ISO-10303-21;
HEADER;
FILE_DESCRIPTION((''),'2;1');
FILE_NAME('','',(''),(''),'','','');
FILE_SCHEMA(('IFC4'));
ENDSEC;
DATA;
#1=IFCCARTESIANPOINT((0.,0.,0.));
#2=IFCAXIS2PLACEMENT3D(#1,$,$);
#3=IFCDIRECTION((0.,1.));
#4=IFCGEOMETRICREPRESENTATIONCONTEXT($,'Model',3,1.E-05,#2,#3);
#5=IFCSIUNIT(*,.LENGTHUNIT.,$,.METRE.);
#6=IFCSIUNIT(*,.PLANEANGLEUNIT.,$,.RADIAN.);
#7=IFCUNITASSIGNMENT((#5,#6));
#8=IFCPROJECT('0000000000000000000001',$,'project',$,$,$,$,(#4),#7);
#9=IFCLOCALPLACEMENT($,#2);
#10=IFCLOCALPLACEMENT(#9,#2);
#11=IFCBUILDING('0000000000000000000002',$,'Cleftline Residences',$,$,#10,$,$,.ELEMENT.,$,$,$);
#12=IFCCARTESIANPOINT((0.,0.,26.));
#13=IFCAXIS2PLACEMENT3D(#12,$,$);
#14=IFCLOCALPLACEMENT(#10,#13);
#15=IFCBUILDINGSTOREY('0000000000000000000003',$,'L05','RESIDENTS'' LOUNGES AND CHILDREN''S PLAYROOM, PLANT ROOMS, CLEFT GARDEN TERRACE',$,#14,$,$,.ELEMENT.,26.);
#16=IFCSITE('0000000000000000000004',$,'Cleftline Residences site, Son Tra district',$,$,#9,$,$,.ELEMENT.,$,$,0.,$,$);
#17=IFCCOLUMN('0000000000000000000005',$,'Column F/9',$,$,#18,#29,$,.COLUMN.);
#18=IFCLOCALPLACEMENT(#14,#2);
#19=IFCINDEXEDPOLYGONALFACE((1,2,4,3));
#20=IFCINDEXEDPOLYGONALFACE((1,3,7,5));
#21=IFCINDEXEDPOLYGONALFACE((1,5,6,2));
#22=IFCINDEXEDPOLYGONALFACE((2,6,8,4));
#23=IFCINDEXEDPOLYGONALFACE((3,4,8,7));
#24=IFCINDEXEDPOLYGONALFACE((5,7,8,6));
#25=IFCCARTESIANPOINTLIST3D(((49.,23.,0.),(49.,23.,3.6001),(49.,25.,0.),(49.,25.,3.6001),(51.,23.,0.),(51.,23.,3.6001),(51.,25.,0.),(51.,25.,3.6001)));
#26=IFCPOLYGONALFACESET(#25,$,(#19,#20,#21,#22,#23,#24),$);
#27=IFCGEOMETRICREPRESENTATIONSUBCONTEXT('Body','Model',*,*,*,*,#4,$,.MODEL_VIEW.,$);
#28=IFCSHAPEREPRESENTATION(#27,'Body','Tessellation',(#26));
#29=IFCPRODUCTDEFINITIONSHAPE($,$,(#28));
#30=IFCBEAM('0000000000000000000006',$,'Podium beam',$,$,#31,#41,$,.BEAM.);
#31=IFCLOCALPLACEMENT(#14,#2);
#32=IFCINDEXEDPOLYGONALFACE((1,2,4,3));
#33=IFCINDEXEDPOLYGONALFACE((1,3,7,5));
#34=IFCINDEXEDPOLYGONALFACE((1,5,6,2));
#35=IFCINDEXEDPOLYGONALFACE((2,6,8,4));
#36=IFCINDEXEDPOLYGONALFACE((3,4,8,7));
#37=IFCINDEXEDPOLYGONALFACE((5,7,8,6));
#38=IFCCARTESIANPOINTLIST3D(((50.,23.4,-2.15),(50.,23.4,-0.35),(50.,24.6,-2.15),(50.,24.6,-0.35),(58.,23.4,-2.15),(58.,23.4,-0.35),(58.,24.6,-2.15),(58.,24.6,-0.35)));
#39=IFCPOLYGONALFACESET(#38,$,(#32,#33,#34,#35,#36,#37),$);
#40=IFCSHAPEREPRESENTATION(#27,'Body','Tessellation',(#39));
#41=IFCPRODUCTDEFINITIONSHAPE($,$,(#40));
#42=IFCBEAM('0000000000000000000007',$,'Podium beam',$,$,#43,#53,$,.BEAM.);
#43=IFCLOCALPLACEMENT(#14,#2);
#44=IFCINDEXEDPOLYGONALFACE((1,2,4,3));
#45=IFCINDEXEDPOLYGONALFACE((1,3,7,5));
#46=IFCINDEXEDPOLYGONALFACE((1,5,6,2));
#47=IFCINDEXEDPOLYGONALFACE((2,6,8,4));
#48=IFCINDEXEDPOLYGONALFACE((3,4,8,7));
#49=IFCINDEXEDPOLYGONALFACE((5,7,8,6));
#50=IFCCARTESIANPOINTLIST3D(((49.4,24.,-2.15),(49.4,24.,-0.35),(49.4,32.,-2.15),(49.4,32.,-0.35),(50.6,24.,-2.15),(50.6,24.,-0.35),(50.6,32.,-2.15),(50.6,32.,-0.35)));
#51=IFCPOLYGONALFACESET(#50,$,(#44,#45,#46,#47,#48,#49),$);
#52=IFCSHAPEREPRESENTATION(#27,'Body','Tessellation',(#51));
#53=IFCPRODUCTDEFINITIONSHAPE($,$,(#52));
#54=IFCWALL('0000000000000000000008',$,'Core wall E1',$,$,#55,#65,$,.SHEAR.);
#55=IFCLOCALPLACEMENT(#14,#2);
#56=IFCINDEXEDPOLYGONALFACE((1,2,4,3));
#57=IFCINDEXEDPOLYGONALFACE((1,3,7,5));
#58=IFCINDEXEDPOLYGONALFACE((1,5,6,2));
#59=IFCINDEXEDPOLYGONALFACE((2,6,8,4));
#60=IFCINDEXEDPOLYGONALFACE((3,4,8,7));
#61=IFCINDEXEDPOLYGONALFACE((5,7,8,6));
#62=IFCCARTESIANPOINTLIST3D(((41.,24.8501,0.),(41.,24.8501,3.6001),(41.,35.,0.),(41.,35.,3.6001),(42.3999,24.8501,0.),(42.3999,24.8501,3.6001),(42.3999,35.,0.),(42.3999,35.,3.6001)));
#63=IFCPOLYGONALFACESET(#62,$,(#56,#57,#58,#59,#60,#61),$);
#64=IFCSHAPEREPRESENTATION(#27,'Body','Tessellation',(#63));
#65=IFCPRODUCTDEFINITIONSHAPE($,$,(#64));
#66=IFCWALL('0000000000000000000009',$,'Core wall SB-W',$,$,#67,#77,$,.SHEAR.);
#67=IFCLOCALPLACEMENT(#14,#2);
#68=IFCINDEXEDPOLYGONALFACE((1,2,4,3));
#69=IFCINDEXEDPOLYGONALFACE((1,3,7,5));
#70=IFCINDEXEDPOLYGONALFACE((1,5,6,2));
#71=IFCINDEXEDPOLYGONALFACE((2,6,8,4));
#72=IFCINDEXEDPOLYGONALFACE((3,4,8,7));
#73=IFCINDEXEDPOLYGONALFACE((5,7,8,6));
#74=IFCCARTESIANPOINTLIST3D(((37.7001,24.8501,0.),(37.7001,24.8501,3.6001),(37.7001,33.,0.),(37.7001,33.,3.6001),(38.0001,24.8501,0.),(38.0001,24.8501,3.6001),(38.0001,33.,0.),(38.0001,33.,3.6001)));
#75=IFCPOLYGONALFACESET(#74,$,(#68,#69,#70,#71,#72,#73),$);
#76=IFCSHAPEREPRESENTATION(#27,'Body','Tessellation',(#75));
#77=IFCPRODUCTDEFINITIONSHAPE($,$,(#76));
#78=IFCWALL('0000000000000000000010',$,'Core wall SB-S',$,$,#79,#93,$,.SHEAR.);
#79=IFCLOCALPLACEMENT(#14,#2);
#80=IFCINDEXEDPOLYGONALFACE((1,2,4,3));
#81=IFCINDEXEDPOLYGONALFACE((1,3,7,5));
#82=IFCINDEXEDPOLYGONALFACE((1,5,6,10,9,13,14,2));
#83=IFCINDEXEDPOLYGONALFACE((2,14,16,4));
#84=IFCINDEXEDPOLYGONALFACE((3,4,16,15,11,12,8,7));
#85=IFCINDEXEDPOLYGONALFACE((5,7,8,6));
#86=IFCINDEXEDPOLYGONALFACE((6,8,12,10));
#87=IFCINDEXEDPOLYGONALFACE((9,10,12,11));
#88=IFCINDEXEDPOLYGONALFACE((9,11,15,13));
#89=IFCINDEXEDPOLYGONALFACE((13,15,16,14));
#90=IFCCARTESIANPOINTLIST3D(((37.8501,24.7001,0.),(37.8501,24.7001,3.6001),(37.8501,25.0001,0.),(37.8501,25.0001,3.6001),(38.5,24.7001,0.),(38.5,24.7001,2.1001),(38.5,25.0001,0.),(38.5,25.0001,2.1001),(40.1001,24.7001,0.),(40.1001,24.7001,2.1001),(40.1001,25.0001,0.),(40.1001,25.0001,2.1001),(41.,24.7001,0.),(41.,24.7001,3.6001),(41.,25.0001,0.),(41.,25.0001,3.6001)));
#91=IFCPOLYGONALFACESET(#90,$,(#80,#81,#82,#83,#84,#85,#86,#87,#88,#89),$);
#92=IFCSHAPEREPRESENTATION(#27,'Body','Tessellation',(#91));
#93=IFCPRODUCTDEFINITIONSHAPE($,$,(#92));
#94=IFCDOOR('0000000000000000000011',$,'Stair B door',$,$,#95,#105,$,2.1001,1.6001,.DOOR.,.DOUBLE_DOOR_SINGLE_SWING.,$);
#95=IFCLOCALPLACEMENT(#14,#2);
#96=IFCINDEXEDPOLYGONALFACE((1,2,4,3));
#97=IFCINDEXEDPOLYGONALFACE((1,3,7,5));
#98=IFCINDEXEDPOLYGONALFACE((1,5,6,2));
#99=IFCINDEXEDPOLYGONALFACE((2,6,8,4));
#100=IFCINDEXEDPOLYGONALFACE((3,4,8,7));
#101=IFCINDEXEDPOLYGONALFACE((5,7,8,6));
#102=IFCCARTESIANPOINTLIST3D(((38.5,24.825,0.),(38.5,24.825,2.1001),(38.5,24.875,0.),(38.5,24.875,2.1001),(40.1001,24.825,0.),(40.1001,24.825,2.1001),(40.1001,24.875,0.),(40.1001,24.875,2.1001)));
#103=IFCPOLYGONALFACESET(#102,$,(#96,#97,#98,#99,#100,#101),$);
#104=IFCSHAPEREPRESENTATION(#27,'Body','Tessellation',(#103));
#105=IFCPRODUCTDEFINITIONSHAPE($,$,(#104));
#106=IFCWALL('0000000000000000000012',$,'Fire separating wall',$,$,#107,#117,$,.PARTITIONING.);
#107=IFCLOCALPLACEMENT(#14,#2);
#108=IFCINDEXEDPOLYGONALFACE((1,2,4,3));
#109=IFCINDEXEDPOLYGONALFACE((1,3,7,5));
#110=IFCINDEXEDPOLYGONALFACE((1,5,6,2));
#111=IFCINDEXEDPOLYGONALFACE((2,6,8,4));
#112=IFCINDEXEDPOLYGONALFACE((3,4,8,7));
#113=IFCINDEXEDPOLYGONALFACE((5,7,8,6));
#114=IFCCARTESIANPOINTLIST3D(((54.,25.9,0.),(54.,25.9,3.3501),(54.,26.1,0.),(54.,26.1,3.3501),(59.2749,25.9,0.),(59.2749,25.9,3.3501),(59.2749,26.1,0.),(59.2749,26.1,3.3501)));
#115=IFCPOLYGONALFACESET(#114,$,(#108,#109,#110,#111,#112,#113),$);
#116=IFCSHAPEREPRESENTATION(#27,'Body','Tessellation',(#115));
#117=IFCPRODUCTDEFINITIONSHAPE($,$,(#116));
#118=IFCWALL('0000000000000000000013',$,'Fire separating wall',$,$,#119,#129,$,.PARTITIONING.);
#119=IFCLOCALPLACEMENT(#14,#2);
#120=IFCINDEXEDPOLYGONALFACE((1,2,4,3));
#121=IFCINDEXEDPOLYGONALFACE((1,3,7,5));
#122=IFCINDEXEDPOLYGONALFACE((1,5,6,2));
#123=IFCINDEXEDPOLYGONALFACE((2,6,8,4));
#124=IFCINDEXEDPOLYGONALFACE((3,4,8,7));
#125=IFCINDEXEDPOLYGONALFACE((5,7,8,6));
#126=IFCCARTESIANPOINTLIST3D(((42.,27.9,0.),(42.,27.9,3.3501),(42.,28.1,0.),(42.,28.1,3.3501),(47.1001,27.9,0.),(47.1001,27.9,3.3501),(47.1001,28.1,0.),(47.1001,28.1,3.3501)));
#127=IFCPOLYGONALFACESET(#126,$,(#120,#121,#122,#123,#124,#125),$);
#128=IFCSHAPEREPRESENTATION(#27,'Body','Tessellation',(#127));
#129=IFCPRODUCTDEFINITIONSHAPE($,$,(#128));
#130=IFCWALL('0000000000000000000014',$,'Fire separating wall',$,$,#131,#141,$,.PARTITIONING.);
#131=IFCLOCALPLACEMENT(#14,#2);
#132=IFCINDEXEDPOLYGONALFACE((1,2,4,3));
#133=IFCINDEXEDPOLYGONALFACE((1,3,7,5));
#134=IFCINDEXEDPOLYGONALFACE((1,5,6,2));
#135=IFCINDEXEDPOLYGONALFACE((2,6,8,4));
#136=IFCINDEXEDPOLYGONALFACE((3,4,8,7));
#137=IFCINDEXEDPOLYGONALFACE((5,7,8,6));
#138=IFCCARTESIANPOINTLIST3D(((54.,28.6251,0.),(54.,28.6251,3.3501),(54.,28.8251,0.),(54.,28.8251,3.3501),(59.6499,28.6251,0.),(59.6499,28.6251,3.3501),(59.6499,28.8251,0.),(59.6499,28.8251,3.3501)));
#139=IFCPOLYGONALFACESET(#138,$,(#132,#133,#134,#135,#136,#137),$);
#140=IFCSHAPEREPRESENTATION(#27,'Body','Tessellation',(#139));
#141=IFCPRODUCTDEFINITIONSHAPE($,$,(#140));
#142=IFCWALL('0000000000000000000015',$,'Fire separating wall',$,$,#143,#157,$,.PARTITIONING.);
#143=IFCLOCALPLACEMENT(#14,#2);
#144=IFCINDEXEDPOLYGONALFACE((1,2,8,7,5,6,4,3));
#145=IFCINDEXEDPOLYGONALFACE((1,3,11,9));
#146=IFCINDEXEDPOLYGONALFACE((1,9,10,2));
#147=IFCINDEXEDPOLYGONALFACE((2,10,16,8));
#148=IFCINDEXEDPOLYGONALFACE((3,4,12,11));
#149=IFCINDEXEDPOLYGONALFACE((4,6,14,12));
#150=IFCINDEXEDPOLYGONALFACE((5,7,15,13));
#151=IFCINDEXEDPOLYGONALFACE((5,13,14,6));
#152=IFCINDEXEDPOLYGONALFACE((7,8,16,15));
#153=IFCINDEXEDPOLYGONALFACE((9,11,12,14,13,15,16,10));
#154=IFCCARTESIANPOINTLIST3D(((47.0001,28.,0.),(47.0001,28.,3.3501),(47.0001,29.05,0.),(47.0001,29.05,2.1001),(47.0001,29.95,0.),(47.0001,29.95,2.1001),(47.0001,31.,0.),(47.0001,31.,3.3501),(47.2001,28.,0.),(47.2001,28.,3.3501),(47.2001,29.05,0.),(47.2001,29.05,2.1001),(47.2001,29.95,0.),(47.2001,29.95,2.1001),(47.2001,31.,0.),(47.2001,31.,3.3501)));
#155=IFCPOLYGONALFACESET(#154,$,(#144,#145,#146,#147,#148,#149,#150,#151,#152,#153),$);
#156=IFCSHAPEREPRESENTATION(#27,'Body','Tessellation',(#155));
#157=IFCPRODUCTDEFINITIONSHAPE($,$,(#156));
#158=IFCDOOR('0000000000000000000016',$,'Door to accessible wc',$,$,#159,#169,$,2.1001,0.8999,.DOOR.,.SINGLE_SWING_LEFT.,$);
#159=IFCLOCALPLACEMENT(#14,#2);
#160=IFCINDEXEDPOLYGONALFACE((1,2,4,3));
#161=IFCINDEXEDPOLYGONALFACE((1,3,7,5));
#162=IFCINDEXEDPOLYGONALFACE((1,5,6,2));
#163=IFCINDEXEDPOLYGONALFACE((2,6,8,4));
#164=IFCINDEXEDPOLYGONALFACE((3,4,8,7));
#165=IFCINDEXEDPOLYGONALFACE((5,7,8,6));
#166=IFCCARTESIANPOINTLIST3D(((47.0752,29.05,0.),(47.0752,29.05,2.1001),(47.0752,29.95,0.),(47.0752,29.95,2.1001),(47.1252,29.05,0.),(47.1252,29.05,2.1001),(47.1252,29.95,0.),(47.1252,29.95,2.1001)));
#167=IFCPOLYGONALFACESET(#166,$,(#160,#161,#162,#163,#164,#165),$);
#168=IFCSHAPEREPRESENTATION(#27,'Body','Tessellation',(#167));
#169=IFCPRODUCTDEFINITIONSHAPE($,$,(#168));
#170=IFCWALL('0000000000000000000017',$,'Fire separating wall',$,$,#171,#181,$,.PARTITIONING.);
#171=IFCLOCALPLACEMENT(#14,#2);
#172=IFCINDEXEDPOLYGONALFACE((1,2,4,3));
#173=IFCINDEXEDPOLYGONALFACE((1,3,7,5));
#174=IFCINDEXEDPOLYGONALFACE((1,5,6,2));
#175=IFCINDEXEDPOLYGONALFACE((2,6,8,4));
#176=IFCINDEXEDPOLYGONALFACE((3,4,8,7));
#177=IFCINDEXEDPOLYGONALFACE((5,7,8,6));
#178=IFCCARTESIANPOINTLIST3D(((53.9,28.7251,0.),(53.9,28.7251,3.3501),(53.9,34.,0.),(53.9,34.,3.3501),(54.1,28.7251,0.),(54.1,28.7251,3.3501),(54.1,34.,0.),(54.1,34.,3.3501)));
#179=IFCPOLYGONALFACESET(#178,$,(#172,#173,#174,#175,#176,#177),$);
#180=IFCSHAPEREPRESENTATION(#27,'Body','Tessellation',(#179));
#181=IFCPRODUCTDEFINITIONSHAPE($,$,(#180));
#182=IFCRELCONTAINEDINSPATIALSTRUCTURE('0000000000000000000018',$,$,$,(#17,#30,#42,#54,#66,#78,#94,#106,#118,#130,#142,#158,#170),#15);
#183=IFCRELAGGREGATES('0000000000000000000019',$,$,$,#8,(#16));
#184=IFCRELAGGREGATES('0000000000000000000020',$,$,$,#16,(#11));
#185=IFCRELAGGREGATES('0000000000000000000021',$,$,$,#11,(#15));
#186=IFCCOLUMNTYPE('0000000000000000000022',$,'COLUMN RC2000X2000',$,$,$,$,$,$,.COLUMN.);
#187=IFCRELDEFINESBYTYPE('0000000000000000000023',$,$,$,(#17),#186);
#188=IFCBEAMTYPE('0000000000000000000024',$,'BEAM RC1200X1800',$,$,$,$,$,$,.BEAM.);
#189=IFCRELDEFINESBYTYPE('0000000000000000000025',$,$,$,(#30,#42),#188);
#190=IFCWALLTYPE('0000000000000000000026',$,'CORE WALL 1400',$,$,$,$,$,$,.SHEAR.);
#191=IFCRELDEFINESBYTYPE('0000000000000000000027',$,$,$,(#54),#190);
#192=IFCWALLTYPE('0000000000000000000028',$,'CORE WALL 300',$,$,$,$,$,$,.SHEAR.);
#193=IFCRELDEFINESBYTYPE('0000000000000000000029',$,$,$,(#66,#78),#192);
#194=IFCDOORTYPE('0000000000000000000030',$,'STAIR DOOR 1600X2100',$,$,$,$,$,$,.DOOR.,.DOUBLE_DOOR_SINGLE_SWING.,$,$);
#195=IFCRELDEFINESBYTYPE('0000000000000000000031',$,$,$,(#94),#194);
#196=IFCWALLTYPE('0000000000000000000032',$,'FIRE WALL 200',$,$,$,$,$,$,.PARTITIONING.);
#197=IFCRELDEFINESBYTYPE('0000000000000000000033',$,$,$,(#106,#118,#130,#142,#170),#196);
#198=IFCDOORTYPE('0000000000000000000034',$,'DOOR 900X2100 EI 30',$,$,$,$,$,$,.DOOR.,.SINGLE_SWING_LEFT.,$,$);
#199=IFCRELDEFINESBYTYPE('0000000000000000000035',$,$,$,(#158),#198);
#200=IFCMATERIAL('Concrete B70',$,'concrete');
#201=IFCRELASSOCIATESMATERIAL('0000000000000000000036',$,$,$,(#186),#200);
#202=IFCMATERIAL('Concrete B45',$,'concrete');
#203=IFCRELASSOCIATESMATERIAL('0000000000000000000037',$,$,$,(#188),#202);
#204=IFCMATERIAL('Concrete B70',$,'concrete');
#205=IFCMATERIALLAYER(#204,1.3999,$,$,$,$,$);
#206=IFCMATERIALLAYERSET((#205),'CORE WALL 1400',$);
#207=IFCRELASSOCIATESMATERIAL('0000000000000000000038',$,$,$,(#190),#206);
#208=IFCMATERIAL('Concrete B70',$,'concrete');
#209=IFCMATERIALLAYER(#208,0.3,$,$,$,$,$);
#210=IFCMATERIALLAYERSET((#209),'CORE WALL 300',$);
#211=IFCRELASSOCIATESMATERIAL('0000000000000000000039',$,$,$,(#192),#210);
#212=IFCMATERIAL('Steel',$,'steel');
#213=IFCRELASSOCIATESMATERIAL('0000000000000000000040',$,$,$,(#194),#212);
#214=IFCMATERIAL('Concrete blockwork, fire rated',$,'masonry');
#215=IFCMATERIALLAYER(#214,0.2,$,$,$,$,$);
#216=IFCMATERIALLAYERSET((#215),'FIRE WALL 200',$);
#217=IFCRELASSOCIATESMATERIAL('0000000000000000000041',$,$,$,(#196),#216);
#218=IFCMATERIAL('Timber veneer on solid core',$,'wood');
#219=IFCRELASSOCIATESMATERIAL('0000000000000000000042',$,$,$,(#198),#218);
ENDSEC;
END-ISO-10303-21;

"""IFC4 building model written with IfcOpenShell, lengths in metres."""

from ifc_helpers import new_model, si_unit, direction, frame, frame_2d, origin, origin_2d, place, context, subcontext, project, spatial, rectangle, extrude, material, layer, layer_set, material_profile, profile_set, type_object, element, fill, save


model = new_model("IFC4")

# Units and contexts
model_context = context("Model", 3, precision=1e-05, world=origin(), true_north=direction((0.0, 1.0)))
body_context = subcontext(model_context, "Body", "Model", "MODEL_VIEW")
ifc_project = project(units=[si_unit("LENGTHUNIT", "METRE"), si_unit("PLANEANGLEUNIT", "RADIAN")], contexts=[model_context])

# Site, building, storey
site_placement = place(None, origin())
site = spatial("IfcSite", under=ifc_project, at=site_placement, Name="Cleftline Residences site, Son Tra district", CompositionType="ELEMENT", RefElevation=0.0)
building_placement = place(site_placement, origin())
building = spatial("IfcBuilding", under=site, at=building_placement, Name="Cleftline Residences", CompositionType="ELEMENT")
storey_placement = place(building_placement, frame((0.0, 0.0, 26.0)))
storey = spatial("IfcBuildingStorey", under=building, at=storey_placement, Name="L05", Description="RESIDENTS' LOUNGES AND CHILDREN'S PLAYROOM, PLANT ROOMS, CLEFT GARDEN TERRACE", CompositionType="ELEMENT", Elevation=26.0)

# Column
ifc_material_1 = material(Name="Concrete B70", Category="concrete")
ifc_material_profile_1 = material_profile(ifc_material_1, rectangle(XDim=2.0, YDim=2.0, at=origin_2d()))
ifc_profile_set_1 = profile_set([ifc_material_profile_1], Name="Concrete B70")
column_type = type_object("IfcColumnType", Name="COLUMN RC2000X2000", PredefinedType="COLUMN", material=ifc_profile_set_1)
column_placement = place(storey_placement, frame((50.0, 24.0, 0.0), z_axis=(0.0, 0.0, 1.0), x_axis=(1.0, 0.0, 0.0)))
element("IfcColumn", 1, at=column_placement, inside=storey, type_object=column_type, Name="Column F/9", PredefinedType="COLUMN", context=body_context, shape_type="SweptSolid", body=[
    extrude(rectangle(XDim=2.0, YDim=2.0, at=origin_2d()), origin(), (0.0, 0.0, 1.0), 3.6001),
])

# Beams
ifc_material_2 = material(Name="Concrete B45", Category="concrete")
ifc_material_profile_2 = material_profile(ifc_material_2, rectangle(XDim=1.2, YDim=1.8, at=origin_2d()))
ifc_profile_set_2 = profile_set([ifc_material_profile_2], Name="Concrete B45")
beam_type = type_object("IfcBeamType", Name="BEAM RC1200X1800", PredefinedType="BEAM", material=ifc_profile_set_2)
for number, where, z_axis, x_axis, name in (
    (2, (50.0, 24.0, -1.25), (1.0, 0.0, 0.0), (0.0, 1.0, 0.0), "Podium beam"),
    (3, (50.0, 24.0, -1.25), (0.0, 1.0, 0.0), (-1.0, 0.0, 0.0), "Podium beam"),
):
    element("IfcBeam", number, at=place(storey_placement, frame(where, z_axis=z_axis, x_axis=x_axis)), inside=storey, type_object=beam_type, Name=name, PredefinedType="BEAM", context=body_context, shape_type="SweptSolid", body=[
        extrude(rectangle(XDim=1.2, YDim=1.8, at=origin_2d()), origin(), (0.0, 0.0, 1.0), 8.0),
    ])

# Walls
ifc_material_3 = material(Name="Concrete B70", Category="concrete")
ifc_layer_1 = layer(ifc_material_3, 1.3999)
ifc_layer_set_1 = layer_set([ifc_layer_1], Name="CORE WALL 1400")
wall_type_1 = type_object("IfcWallType", Name="CORE WALL 1400", PredefinedType="SHEAR", material=ifc_layer_set_1)
wall_1_placement = place(storey_placement, frame((41.7, 24.8501, 0.0), z_axis=(0.0, 0.0, 1.0), x_axis=(0.0, 1.0, 0.0)))
element("IfcWall", 4, at=wall_1_placement, inside=storey, type_object=wall_type_1, Name="Core wall E1", PredefinedType="SHEAR", context=body_context, shape_type="SweptSolid", body=[
    extrude(rectangle(XDim=10.1499, YDim=1.3999, at=frame_2d((5.075, 0.0))), origin(), (0.0, 0.0, 1.0), 3.6001),
])
ifc_material_4 = material(Name="Concrete B70", Category="concrete")
ifc_layer_2 = layer(ifc_material_4, 0.3)
ifc_layer_set_2 = layer_set([ifc_layer_2], Name="CORE WALL 300")
wall_type_2 = type_object("IfcWallType", Name="CORE WALL 300", PredefinedType="SHEAR", material=ifc_layer_set_2)
wall_2_placement = place(storey_placement, frame((37.8501, 24.8501, 0.0), z_axis=(0.0, 0.0, 1.0), x_axis=(0.0, 1.0, 0.0)))
element("IfcWall", 5, at=wall_2_placement, inside=storey, type_object=wall_type_2, Name="Core wall SB-W", PredefinedType="SHEAR", context=body_context, shape_type="SweptSolid", body=[
    extrude(rectangle(XDim=8.1499, YDim=0.3, at=frame_2d((4.075, 0.0))), origin(), (0.0, 0.0, 1.0), 3.6001),
])

# Wall, opening, door
wall_3_placement = place(storey_placement, frame((37.8501, 24.8501, 0.0), z_axis=(0.0, 0.0, 1.0), x_axis=(1.0, 0.0, 0.0)))
wall_3 = element("IfcWall", 6, at=wall_3_placement, inside=storey, type_object=wall_type_2, Name="Core wall SB-S", PredefinedType="SHEAR", context=body_context, shape_type="SweptSolid", body=[
    extrude(rectangle(XDim=3.1499, YDim=0.3, at=frame_2d((1.575, 0.0))), origin(), (0.0, 0.0, 1.0), 3.6001),
])
opening_1_placement = place(wall_3_placement, frame((0.6499, 0.0, 0.0)))
opening_1 = element("IfcOpeningElement", 7, at=opening_1_placement, cuts=wall_3, PredefinedType="OPENING", context=body_context, shape_type="SweptSolid", body=[
    extrude(rectangle(XDim=1.6001, YDim=2.1001, at=frame_2d((0.8, 1.05))), frame((0.0, 0.1599, 0.0), z_axis=(0.0, -1.0, 0.0), x_axis=(1.0, 0.0, 0.0)), (0.0, 0.0, 1.0), 0.3201),
])
ifc_material_5 = material(Name="Steel", Category="steel")
door_type_1 = type_object("IfcDoorType", Name="STAIR DOOR 1600X2100", OperationType="DOUBLE_DOOR_SINGLE_SWING", PredefinedType="DOOR", material=ifc_material_5)
door_1_placement = place(opening_1_placement, origin())
door_1 = element("IfcDoor", 8, at=door_1_placement, inside=storey, type_object=door_type_1, Name="Stair B door", OperationType="DOUBLE_DOOR_SINGLE_SWING", OverallHeight=2.1001, OverallWidth=1.6001, PredefinedType="DOOR", context=body_context, shape_type="SweptSolid", body=[
    extrude(rectangle(XDim=1.6001, YDim=2.1001, at=frame_2d((0.8, 1.05))), frame((0.0, 0.0249, 0.0), z_axis=(0.0, -1.0, 0.0), x_axis=(1.0, 0.0, 0.0)), (0.0, 0.0, 1.0), 0.05),
])
fill(opening_1, door_1)

# Walls
ifc_material_6 = material(Name="Concrete blockwork, fire rated", Category="masonry")
ifc_layer_3 = layer(ifc_material_6, 0.2)
ifc_layer_set_3 = layer_set([ifc_layer_3], Name="FIRE WALL 200")
wall_type_3 = type_object("IfcWallType", Name="FIRE WALL 200", PredefinedType="PARTITIONING", material=ifc_layer_set_3)
wall_4_placement = place(storey_placement, frame((54.0, 26.0, 0.0), z_axis=(0.0, 0.0, 1.0), x_axis=(1.0, 0.0, 0.0)))
element("IfcWall", 9, at=wall_4_placement, inside=storey, type_object=wall_type_3, Name="Fire separating wall", PredefinedType="PARTITIONING", context=body_context, shape_type="SweptSolid", body=[
    extrude(rectangle(XDim=5.2749, YDim=0.2, at=frame_2d((2.6375, 0.0))), origin(), (0.0, 0.0, 1.0), 3.3501),
])
wall_5_placement = place(storey_placement, frame((42.0, 28.0, 0.0), z_axis=(0.0, 0.0, 1.0), x_axis=(1.0, 0.0, 0.0)))
element("IfcWall", 10, at=wall_5_placement, inside=storey, type_object=wall_type_3, Name="Fire separating wall", PredefinedType="PARTITIONING", context=body_context, shape_type="SweptSolid", body=[
    extrude(rectangle(XDim=5.1001, YDim=0.2, at=frame_2d((2.55, 0.0))), origin(), (0.0, 0.0, 1.0), 3.3501),
])
wall_6_placement = place(storey_placement, frame((54.0, 28.7251, 0.0), z_axis=(0.0, 0.0, 1.0), x_axis=(1.0, 0.0, 0.0)))
element("IfcWall", 11, at=wall_6_placement, inside=storey, type_object=wall_type_3, Name="Fire separating wall", PredefinedType="PARTITIONING", context=body_context, shape_type="SweptSolid", body=[
    extrude(rectangle(XDim=5.6499, YDim=0.2, at=frame_2d((2.825, 0.0))), origin(), (0.0, 0.0, 1.0), 3.3501),
])

# Wall, opening, door
wall_7_placement = place(storey_placement, frame((47.1001, 28.0, 0.0), z_axis=(0.0, 0.0, 1.0), x_axis=(0.0, 1.0, 0.0)))
wall_7 = element("IfcWall", 12, at=wall_7_placement, inside=storey, type_object=wall_type_3, Name="Fire separating wall", PredefinedType="PARTITIONING", context=body_context, shape_type="SweptSolid", body=[
    extrude(rectangle(XDim=3.0, YDim=0.2, at=frame_2d((1.5, 0.0))), origin(), (0.0, 0.0, 1.0), 3.3501),
])
opening_2_placement = place(wall_7_placement, frame((1.05, 0.0, 0.0)))
opening_2 = element("IfcOpeningElement", 13, at=opening_2_placement, cuts=wall_7, PredefinedType="OPENING", context=body_context, shape_type="SweptSolid", body=[
    extrude(rectangle(XDim=0.8999, YDim=2.1001, at=frame_2d((0.45, 1.05))), frame((0.0, 0.1099, 0.0), z_axis=(0.0, -1.0, 0.0), x_axis=(1.0, 0.0, 0.0)), (0.0, 0.0, 1.0), 0.22),
])
ifc_material_7 = material(Name="Timber veneer on solid core", Category="wood")
door_type_2 = type_object("IfcDoorType", Name="DOOR 900X2100 EI 30", OperationType="SINGLE_SWING_LEFT", PredefinedType="DOOR", material=ifc_material_7)
door_2_placement = place(opening_2_placement, origin())
door_2 = element("IfcDoor", 14, at=door_2_placement, inside=storey, type_object=door_type_2, Name="Door to accessible wc", OperationType="SINGLE_SWING_LEFT", OverallHeight=2.1001, OverallWidth=0.8999, PredefinedType="DOOR", context=body_context, shape_type="SweptSolid", body=[
    extrude(rectangle(XDim=0.8999, YDim=2.1001, at=frame_2d((0.45, 1.05))), frame((0.0, 0.0249, 0.0), z_axis=(0.0, -1.0, 0.0), x_axis=(1.0, 0.0, 0.0)), (0.0, 0.0, 1.0), 0.05),
])
fill(opening_2, door_2)

# Wall
wall_8_placement = place(storey_placement, frame((54.0, 28.7251, 0.0), z_axis=(0.0, 0.0, 1.0), x_axis=(0.0, 1.0, 0.0)))
element("IfcWall", 15, at=wall_8_placement, inside=storey, type_object=wall_type_3, Name="Fire separating wall", PredefinedType="PARTITIONING", context=body_context, shape_type="SweptSolid", body=[
    extrude(rectangle(XDim=5.2749, YDim=0.2, at=frame_2d((2.6375, 0.0))), origin(), (0.0, 0.0, 1.0), 3.3501),
])

save(model, "model.ifc")
